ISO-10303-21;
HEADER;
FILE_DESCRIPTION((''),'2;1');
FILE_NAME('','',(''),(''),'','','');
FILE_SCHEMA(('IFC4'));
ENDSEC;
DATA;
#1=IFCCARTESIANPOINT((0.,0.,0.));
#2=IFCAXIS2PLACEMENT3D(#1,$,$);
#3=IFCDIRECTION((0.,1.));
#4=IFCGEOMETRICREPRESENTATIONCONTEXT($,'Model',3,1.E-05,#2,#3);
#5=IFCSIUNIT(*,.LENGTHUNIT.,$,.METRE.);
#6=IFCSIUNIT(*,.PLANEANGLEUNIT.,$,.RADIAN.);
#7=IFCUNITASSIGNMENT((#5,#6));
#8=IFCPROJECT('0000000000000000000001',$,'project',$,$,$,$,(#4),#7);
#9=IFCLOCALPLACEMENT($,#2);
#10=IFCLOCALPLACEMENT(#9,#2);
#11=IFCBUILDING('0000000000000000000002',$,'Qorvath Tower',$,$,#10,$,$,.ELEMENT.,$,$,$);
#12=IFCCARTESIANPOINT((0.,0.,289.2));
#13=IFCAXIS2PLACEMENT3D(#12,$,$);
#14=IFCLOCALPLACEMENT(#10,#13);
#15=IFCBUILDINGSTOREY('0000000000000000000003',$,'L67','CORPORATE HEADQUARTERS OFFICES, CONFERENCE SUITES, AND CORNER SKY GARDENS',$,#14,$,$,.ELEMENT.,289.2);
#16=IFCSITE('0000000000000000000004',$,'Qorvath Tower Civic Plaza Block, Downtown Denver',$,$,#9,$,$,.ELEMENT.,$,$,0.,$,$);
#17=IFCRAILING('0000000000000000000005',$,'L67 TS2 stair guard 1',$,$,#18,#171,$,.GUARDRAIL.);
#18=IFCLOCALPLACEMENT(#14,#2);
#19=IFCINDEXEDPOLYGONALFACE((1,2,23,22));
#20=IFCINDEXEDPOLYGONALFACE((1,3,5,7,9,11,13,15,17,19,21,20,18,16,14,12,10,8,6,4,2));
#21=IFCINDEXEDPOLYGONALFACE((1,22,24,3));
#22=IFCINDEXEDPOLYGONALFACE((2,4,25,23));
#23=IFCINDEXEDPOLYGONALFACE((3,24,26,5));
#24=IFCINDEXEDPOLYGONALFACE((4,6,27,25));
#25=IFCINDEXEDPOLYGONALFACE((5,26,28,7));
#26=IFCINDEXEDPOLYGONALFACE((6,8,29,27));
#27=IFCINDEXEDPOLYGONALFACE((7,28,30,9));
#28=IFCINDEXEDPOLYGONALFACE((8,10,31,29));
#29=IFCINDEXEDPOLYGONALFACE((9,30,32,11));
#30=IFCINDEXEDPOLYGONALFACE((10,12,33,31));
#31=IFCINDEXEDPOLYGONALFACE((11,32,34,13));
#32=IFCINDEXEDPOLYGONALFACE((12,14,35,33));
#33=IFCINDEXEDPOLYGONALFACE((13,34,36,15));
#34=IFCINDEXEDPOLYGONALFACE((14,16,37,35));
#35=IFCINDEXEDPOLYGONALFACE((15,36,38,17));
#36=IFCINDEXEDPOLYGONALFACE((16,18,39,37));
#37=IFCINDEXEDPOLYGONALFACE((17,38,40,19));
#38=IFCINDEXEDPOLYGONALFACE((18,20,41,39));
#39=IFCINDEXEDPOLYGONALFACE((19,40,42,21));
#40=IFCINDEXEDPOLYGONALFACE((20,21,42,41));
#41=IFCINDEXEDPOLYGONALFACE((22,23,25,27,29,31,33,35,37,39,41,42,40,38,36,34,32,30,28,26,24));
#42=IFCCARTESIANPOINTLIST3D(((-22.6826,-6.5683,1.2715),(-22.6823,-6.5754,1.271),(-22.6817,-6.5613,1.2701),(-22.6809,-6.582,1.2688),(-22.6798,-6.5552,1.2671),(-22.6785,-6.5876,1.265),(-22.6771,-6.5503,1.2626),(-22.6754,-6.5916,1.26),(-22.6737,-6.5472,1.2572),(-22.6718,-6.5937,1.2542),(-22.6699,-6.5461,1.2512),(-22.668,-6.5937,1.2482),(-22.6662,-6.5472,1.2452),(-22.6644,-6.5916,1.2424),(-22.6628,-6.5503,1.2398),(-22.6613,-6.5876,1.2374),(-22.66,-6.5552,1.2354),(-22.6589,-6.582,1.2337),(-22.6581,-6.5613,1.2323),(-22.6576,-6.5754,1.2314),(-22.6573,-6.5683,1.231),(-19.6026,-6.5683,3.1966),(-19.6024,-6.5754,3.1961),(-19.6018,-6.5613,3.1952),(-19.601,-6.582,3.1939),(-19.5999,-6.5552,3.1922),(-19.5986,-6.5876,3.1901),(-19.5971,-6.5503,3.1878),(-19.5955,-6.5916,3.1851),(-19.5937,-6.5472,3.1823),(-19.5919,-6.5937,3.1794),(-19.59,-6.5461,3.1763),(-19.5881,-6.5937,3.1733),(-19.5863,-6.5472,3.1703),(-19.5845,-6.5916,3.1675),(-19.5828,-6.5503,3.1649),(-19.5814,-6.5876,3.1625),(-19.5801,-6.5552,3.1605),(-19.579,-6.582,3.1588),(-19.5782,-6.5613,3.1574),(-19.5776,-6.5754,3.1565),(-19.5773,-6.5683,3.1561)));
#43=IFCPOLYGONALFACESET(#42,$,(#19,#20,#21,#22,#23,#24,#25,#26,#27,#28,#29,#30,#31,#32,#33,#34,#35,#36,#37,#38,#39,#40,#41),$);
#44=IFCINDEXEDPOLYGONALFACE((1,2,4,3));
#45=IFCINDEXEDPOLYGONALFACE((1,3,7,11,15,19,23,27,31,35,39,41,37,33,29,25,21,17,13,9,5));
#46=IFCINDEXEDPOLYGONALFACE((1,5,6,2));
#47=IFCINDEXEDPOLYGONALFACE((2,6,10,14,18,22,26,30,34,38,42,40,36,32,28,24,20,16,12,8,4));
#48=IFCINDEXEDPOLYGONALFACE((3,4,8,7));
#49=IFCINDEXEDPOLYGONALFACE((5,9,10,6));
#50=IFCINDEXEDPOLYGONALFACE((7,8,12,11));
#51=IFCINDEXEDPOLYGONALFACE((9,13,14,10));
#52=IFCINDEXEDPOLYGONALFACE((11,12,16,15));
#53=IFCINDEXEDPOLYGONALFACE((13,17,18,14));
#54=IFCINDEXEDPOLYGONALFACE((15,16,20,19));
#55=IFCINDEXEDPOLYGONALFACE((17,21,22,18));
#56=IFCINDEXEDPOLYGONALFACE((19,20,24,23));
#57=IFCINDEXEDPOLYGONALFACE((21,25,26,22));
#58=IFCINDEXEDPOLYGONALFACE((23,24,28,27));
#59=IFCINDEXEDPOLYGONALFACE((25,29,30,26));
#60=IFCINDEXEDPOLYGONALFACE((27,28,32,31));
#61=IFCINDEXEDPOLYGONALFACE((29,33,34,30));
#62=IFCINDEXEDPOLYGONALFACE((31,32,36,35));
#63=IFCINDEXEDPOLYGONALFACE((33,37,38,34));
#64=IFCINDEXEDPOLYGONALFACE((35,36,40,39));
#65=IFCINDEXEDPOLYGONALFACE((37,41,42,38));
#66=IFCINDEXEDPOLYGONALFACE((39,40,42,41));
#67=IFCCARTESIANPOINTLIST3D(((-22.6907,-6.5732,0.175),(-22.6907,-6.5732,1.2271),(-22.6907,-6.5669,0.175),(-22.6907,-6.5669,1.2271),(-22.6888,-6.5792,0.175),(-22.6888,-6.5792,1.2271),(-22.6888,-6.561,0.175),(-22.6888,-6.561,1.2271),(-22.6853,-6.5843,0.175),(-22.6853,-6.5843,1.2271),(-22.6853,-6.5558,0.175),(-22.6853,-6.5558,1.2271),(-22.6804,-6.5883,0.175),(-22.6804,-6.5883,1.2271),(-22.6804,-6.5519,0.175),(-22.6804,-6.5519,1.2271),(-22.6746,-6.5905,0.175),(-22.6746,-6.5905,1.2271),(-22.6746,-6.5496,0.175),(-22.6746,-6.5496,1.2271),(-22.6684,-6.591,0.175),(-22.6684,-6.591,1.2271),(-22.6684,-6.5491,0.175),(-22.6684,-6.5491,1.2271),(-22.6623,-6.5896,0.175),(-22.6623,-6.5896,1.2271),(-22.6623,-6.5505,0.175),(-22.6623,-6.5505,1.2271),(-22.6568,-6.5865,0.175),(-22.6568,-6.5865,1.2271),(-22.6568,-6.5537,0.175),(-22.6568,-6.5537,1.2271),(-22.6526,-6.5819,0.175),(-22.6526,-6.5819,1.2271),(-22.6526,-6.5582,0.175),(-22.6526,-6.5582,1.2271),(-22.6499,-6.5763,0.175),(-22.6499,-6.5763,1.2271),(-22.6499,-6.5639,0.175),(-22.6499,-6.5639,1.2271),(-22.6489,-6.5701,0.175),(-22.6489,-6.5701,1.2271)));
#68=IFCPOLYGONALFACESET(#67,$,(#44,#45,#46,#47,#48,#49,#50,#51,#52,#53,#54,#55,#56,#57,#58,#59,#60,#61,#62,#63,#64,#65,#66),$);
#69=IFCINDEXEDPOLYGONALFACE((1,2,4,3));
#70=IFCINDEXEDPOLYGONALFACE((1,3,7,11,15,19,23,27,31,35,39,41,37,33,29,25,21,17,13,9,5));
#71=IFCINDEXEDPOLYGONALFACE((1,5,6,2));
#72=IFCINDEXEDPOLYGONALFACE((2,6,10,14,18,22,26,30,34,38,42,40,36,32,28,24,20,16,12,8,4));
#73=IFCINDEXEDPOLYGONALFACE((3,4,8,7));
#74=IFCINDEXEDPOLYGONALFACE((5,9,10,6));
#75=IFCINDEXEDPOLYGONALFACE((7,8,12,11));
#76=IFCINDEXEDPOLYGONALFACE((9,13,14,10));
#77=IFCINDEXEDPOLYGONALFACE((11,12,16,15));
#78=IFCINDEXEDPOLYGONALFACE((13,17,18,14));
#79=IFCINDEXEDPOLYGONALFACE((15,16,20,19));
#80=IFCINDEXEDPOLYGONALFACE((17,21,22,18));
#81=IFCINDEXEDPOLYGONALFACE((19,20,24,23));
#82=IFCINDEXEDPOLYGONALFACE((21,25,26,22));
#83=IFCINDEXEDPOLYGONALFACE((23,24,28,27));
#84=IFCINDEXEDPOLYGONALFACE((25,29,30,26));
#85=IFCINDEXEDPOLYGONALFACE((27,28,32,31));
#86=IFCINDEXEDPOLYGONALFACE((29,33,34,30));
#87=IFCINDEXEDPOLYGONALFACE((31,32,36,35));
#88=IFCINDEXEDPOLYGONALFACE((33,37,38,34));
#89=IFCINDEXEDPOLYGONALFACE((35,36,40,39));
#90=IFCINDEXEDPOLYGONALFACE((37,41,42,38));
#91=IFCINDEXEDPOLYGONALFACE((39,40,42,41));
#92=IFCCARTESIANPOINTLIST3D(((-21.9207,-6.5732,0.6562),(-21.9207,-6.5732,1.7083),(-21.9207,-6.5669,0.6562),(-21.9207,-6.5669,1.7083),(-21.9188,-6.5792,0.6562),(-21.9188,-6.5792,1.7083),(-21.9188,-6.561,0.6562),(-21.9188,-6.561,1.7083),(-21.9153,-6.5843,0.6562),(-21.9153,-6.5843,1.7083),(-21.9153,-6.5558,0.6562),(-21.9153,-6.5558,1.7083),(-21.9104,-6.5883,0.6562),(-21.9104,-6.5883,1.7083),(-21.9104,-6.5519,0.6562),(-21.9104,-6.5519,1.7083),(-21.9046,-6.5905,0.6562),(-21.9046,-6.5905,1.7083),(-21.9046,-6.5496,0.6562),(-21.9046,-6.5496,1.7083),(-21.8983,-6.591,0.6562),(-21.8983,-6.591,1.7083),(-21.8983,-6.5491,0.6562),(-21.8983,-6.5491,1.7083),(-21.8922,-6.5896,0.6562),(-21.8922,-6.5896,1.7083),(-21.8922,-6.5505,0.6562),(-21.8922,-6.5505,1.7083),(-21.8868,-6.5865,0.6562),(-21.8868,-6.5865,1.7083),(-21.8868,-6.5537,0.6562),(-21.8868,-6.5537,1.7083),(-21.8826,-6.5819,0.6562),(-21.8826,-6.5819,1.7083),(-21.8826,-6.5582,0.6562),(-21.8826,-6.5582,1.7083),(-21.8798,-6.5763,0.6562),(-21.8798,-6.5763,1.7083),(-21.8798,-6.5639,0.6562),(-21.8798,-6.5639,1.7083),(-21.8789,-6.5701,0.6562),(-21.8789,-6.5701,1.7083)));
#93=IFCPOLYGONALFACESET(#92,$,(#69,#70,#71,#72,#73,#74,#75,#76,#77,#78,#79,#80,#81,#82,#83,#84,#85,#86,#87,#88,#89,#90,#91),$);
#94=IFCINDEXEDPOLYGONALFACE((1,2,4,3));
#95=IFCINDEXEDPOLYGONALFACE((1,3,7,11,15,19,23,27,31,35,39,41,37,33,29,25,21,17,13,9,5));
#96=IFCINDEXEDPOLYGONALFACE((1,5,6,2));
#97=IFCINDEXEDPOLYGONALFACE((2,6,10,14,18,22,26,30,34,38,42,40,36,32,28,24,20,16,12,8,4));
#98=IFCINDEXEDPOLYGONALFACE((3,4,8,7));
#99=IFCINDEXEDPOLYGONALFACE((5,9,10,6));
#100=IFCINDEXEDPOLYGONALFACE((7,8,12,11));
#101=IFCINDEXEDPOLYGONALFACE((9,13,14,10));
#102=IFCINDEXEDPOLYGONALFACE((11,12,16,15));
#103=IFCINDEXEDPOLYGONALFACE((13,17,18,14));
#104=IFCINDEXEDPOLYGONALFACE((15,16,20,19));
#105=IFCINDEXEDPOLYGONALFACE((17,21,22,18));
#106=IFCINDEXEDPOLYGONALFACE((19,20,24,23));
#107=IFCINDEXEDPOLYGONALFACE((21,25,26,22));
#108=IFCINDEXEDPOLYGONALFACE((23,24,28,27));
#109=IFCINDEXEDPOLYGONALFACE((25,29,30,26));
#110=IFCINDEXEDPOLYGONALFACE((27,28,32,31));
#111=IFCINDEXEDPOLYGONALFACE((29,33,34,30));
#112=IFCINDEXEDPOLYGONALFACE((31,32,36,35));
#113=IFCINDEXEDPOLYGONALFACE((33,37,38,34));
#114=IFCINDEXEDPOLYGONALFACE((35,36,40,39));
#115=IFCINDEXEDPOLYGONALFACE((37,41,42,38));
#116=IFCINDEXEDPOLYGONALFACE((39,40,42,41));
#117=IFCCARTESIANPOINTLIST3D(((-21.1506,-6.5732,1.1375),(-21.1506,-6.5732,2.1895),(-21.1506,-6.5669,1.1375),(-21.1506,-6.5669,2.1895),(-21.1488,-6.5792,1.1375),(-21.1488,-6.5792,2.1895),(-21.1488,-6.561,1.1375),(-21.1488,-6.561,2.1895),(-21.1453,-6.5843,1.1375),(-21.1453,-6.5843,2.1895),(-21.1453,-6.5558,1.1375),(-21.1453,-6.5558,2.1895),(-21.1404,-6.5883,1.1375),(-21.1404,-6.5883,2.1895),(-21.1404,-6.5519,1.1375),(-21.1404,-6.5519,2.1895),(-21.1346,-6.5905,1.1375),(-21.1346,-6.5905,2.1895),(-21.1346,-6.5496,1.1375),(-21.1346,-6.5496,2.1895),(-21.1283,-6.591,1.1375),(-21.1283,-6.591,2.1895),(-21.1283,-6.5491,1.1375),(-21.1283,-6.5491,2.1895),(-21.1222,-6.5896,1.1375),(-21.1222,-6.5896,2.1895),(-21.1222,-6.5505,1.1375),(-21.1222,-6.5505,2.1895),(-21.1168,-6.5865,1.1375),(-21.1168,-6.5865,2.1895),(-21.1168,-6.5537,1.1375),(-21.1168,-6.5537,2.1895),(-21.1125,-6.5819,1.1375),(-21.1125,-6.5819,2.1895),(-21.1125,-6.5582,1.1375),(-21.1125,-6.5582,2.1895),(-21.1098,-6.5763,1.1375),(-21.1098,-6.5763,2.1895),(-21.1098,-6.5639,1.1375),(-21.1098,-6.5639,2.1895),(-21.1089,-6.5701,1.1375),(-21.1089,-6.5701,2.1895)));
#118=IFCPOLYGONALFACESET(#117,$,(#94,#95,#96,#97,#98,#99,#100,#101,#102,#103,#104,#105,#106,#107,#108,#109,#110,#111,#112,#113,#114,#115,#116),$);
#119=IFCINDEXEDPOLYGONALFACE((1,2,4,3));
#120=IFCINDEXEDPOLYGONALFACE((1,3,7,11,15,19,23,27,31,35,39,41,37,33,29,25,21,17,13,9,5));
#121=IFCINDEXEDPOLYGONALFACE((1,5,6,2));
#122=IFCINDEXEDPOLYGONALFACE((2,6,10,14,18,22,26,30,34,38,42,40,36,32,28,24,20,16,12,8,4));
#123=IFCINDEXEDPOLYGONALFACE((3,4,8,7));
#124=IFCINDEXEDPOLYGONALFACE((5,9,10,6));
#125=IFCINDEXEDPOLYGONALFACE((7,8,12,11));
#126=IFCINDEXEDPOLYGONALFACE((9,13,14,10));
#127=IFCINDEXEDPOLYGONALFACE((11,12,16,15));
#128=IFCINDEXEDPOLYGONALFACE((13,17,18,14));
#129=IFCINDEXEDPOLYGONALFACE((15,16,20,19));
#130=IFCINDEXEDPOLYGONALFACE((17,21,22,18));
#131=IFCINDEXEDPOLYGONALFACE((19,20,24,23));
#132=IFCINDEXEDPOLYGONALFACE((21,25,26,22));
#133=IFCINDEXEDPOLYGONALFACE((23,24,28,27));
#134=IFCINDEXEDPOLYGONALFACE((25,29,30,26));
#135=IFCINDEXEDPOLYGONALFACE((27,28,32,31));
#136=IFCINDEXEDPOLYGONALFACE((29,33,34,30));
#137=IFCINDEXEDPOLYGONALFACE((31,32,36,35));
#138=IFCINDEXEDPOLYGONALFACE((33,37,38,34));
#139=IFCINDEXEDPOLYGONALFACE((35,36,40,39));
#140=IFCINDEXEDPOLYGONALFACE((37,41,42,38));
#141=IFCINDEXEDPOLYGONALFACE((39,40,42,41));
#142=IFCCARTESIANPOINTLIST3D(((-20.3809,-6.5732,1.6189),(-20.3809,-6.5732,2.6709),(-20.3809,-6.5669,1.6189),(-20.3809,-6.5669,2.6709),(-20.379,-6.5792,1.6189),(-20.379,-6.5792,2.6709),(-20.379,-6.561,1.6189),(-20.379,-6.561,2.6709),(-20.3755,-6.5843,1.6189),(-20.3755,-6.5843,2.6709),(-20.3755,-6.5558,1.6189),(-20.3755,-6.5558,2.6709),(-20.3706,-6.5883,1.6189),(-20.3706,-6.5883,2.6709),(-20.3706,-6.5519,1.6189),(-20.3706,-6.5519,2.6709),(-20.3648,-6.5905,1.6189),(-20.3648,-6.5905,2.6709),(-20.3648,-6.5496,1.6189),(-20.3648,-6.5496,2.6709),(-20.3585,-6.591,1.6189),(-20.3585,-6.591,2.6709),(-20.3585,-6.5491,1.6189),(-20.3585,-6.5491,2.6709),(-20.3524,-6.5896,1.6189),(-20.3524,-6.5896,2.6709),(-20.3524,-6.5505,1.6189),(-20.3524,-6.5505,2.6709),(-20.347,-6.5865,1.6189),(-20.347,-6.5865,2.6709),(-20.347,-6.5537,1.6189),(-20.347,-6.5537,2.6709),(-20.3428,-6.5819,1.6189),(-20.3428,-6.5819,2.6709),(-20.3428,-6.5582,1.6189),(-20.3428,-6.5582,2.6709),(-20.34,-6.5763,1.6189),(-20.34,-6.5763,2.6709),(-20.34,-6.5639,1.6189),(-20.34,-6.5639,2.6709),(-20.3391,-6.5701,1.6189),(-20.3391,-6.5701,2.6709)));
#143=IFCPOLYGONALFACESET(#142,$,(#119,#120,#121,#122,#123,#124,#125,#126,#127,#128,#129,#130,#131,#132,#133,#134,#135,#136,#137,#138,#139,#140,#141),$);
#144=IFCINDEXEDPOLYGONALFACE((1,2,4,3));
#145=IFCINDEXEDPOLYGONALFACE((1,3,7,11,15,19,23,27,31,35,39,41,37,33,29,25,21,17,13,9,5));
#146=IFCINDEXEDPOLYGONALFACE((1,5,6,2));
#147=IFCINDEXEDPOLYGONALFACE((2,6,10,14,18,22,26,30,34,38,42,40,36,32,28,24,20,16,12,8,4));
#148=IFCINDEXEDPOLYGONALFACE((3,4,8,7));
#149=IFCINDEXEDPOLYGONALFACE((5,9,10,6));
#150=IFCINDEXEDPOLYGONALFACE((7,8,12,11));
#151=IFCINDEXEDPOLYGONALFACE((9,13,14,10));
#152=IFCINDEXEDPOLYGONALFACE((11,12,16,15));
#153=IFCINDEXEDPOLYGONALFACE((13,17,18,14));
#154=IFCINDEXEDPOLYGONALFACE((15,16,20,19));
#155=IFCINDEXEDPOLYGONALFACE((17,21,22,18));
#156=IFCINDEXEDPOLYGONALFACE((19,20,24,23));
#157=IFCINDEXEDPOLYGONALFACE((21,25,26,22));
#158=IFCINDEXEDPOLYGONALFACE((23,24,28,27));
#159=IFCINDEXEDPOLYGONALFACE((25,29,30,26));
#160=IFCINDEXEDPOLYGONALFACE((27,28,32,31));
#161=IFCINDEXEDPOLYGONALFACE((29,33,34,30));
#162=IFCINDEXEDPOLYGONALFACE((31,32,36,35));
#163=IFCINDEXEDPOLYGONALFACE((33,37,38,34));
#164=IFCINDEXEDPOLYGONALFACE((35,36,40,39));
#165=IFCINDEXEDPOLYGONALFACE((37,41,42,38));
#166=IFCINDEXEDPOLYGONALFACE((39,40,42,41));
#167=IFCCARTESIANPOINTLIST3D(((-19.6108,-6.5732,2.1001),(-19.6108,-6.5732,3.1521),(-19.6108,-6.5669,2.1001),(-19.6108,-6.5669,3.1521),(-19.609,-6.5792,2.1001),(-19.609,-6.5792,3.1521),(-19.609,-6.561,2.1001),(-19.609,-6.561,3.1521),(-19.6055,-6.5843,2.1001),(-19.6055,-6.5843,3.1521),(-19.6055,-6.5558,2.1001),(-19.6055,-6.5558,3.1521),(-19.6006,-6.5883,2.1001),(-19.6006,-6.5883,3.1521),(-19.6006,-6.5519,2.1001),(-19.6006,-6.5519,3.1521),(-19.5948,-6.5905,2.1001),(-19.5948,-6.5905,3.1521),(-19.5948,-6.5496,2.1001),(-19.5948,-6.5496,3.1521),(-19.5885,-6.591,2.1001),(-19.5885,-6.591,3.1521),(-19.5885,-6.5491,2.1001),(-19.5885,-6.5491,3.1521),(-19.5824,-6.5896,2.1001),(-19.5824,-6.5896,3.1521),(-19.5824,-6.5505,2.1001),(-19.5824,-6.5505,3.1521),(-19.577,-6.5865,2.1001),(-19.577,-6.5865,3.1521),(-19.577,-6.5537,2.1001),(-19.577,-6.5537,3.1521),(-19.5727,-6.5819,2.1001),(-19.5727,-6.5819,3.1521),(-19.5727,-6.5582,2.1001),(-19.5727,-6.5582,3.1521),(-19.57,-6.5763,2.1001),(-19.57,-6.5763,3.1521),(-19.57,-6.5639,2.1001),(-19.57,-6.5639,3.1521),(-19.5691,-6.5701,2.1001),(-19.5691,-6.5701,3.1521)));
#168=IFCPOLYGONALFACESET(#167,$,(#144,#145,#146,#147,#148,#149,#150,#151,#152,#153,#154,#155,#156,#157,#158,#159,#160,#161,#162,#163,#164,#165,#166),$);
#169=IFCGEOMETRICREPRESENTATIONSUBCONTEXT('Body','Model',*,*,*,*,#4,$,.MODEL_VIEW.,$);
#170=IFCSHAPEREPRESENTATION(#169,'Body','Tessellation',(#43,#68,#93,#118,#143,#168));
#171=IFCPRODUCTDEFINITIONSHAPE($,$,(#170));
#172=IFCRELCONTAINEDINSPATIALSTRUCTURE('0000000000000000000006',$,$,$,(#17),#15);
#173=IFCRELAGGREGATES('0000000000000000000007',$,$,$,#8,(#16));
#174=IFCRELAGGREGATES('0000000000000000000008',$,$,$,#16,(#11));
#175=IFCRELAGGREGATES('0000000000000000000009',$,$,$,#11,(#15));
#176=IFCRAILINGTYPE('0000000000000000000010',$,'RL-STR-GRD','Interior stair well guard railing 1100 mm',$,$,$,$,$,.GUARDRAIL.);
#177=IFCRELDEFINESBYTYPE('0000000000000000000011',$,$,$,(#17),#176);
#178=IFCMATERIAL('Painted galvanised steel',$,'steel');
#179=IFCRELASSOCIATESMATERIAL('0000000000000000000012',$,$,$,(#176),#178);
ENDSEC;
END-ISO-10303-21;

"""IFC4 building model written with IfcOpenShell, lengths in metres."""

from ifc_helpers import new_model, si_unit, direction, frame, origin, origin_2d, place, context, subcontext, project, spatial, circle, extrude, material, type_object, element, save


model = new_model("IFC4")

# Units and contexts
model_context = context("Model", 3, precision=1e-05, world=origin(), true_north=direction((0.0, 1.0)))
body_context = subcontext(model_context, "Body", "Model", "MODEL_VIEW")
ifc_project = project(units=[si_unit("LENGTHUNIT", "METRE"), si_unit("PLANEANGLEUNIT", "RADIAN")], contexts=[model_context])

# Site, building, storey
site_placement = place(None, origin())
site = spatial("IfcSite", under=ifc_project, at=site_placement, Name="Qorvath Tower Civic Plaza Block, Downtown Denver", CompositionType="ELEMENT", RefElevation=0.0)
building_placement = place(site_placement, origin())
building = spatial("IfcBuilding", under=site, at=building_placement, Name="Qorvath Tower", CompositionType="ELEMENT")
storey_placement = place(building_placement, frame((0.0, 0.0, 289.2)))
storey = spatial("IfcBuildingStorey", under=building, at=storey_placement, Name="L67", Description="CORPORATE HEADQUARTERS OFFICES, CONFERENCE SUITES, AND CORNER SKY GARDENS", CompositionType="ELEMENT", Elevation=289.2)

# Railing
ifc_material_1 = material(Name="Painted galvanised steel", Category="steel")
railing_type_1 = type_object("IfcRailingType", Name="RL-STR-GRD", Description="Interior stair well guard railing 1100 mm", PredefinedType="GUARDRAIL", material=ifc_material_1)
railing_1_placement = place(storey_placement, frame((-22.6699, -6.5701, 0.175)))
element("IfcRailing", 1, at=railing_1_placement, inside=storey, type_object=railing_type_1, Name="L67 TS2 stair guard 1", PredefinedType="GUARDRAIL", context=body_context, shape_type="SweptSolid", body=[
    extrude(circle(Radius=0.0239, at=origin_2d()), frame((0.0, 0.0, 1.0762), z_axis=(0.847979, 0.0, 0.530029), x_axis=(0.0, 1.0, 0.0)), (0.0, 0.0, 1.0), 3.6321),
    extrude(circle(Radius=0.021, at=origin_2d()), origin(), (0.0, 0.0, 1.0), 1.052),
    extrude(circle(Radius=0.021, at=origin_2d()), frame((0.77, 0.0, 0.4812)), (0.0, 0.0, 1.0), 1.052),
    extrude(circle(Radius=0.021, at=origin_2d()), frame((1.54, 0.0, 0.9624)), (0.0, 0.0, 1.0), 1.052),
    extrude(circle(Radius=0.021, at=origin_2d()), frame((2.3098, 0.0, 1.4438)), (0.0, 0.0, 1.0), 1.052),
    extrude(circle(Radius=0.021, at=origin_2d()), frame((3.0798, 0.0, 1.925)), (0.0, 0.0, 1.0), 1.052),
])

save(model, "model.ifc")
